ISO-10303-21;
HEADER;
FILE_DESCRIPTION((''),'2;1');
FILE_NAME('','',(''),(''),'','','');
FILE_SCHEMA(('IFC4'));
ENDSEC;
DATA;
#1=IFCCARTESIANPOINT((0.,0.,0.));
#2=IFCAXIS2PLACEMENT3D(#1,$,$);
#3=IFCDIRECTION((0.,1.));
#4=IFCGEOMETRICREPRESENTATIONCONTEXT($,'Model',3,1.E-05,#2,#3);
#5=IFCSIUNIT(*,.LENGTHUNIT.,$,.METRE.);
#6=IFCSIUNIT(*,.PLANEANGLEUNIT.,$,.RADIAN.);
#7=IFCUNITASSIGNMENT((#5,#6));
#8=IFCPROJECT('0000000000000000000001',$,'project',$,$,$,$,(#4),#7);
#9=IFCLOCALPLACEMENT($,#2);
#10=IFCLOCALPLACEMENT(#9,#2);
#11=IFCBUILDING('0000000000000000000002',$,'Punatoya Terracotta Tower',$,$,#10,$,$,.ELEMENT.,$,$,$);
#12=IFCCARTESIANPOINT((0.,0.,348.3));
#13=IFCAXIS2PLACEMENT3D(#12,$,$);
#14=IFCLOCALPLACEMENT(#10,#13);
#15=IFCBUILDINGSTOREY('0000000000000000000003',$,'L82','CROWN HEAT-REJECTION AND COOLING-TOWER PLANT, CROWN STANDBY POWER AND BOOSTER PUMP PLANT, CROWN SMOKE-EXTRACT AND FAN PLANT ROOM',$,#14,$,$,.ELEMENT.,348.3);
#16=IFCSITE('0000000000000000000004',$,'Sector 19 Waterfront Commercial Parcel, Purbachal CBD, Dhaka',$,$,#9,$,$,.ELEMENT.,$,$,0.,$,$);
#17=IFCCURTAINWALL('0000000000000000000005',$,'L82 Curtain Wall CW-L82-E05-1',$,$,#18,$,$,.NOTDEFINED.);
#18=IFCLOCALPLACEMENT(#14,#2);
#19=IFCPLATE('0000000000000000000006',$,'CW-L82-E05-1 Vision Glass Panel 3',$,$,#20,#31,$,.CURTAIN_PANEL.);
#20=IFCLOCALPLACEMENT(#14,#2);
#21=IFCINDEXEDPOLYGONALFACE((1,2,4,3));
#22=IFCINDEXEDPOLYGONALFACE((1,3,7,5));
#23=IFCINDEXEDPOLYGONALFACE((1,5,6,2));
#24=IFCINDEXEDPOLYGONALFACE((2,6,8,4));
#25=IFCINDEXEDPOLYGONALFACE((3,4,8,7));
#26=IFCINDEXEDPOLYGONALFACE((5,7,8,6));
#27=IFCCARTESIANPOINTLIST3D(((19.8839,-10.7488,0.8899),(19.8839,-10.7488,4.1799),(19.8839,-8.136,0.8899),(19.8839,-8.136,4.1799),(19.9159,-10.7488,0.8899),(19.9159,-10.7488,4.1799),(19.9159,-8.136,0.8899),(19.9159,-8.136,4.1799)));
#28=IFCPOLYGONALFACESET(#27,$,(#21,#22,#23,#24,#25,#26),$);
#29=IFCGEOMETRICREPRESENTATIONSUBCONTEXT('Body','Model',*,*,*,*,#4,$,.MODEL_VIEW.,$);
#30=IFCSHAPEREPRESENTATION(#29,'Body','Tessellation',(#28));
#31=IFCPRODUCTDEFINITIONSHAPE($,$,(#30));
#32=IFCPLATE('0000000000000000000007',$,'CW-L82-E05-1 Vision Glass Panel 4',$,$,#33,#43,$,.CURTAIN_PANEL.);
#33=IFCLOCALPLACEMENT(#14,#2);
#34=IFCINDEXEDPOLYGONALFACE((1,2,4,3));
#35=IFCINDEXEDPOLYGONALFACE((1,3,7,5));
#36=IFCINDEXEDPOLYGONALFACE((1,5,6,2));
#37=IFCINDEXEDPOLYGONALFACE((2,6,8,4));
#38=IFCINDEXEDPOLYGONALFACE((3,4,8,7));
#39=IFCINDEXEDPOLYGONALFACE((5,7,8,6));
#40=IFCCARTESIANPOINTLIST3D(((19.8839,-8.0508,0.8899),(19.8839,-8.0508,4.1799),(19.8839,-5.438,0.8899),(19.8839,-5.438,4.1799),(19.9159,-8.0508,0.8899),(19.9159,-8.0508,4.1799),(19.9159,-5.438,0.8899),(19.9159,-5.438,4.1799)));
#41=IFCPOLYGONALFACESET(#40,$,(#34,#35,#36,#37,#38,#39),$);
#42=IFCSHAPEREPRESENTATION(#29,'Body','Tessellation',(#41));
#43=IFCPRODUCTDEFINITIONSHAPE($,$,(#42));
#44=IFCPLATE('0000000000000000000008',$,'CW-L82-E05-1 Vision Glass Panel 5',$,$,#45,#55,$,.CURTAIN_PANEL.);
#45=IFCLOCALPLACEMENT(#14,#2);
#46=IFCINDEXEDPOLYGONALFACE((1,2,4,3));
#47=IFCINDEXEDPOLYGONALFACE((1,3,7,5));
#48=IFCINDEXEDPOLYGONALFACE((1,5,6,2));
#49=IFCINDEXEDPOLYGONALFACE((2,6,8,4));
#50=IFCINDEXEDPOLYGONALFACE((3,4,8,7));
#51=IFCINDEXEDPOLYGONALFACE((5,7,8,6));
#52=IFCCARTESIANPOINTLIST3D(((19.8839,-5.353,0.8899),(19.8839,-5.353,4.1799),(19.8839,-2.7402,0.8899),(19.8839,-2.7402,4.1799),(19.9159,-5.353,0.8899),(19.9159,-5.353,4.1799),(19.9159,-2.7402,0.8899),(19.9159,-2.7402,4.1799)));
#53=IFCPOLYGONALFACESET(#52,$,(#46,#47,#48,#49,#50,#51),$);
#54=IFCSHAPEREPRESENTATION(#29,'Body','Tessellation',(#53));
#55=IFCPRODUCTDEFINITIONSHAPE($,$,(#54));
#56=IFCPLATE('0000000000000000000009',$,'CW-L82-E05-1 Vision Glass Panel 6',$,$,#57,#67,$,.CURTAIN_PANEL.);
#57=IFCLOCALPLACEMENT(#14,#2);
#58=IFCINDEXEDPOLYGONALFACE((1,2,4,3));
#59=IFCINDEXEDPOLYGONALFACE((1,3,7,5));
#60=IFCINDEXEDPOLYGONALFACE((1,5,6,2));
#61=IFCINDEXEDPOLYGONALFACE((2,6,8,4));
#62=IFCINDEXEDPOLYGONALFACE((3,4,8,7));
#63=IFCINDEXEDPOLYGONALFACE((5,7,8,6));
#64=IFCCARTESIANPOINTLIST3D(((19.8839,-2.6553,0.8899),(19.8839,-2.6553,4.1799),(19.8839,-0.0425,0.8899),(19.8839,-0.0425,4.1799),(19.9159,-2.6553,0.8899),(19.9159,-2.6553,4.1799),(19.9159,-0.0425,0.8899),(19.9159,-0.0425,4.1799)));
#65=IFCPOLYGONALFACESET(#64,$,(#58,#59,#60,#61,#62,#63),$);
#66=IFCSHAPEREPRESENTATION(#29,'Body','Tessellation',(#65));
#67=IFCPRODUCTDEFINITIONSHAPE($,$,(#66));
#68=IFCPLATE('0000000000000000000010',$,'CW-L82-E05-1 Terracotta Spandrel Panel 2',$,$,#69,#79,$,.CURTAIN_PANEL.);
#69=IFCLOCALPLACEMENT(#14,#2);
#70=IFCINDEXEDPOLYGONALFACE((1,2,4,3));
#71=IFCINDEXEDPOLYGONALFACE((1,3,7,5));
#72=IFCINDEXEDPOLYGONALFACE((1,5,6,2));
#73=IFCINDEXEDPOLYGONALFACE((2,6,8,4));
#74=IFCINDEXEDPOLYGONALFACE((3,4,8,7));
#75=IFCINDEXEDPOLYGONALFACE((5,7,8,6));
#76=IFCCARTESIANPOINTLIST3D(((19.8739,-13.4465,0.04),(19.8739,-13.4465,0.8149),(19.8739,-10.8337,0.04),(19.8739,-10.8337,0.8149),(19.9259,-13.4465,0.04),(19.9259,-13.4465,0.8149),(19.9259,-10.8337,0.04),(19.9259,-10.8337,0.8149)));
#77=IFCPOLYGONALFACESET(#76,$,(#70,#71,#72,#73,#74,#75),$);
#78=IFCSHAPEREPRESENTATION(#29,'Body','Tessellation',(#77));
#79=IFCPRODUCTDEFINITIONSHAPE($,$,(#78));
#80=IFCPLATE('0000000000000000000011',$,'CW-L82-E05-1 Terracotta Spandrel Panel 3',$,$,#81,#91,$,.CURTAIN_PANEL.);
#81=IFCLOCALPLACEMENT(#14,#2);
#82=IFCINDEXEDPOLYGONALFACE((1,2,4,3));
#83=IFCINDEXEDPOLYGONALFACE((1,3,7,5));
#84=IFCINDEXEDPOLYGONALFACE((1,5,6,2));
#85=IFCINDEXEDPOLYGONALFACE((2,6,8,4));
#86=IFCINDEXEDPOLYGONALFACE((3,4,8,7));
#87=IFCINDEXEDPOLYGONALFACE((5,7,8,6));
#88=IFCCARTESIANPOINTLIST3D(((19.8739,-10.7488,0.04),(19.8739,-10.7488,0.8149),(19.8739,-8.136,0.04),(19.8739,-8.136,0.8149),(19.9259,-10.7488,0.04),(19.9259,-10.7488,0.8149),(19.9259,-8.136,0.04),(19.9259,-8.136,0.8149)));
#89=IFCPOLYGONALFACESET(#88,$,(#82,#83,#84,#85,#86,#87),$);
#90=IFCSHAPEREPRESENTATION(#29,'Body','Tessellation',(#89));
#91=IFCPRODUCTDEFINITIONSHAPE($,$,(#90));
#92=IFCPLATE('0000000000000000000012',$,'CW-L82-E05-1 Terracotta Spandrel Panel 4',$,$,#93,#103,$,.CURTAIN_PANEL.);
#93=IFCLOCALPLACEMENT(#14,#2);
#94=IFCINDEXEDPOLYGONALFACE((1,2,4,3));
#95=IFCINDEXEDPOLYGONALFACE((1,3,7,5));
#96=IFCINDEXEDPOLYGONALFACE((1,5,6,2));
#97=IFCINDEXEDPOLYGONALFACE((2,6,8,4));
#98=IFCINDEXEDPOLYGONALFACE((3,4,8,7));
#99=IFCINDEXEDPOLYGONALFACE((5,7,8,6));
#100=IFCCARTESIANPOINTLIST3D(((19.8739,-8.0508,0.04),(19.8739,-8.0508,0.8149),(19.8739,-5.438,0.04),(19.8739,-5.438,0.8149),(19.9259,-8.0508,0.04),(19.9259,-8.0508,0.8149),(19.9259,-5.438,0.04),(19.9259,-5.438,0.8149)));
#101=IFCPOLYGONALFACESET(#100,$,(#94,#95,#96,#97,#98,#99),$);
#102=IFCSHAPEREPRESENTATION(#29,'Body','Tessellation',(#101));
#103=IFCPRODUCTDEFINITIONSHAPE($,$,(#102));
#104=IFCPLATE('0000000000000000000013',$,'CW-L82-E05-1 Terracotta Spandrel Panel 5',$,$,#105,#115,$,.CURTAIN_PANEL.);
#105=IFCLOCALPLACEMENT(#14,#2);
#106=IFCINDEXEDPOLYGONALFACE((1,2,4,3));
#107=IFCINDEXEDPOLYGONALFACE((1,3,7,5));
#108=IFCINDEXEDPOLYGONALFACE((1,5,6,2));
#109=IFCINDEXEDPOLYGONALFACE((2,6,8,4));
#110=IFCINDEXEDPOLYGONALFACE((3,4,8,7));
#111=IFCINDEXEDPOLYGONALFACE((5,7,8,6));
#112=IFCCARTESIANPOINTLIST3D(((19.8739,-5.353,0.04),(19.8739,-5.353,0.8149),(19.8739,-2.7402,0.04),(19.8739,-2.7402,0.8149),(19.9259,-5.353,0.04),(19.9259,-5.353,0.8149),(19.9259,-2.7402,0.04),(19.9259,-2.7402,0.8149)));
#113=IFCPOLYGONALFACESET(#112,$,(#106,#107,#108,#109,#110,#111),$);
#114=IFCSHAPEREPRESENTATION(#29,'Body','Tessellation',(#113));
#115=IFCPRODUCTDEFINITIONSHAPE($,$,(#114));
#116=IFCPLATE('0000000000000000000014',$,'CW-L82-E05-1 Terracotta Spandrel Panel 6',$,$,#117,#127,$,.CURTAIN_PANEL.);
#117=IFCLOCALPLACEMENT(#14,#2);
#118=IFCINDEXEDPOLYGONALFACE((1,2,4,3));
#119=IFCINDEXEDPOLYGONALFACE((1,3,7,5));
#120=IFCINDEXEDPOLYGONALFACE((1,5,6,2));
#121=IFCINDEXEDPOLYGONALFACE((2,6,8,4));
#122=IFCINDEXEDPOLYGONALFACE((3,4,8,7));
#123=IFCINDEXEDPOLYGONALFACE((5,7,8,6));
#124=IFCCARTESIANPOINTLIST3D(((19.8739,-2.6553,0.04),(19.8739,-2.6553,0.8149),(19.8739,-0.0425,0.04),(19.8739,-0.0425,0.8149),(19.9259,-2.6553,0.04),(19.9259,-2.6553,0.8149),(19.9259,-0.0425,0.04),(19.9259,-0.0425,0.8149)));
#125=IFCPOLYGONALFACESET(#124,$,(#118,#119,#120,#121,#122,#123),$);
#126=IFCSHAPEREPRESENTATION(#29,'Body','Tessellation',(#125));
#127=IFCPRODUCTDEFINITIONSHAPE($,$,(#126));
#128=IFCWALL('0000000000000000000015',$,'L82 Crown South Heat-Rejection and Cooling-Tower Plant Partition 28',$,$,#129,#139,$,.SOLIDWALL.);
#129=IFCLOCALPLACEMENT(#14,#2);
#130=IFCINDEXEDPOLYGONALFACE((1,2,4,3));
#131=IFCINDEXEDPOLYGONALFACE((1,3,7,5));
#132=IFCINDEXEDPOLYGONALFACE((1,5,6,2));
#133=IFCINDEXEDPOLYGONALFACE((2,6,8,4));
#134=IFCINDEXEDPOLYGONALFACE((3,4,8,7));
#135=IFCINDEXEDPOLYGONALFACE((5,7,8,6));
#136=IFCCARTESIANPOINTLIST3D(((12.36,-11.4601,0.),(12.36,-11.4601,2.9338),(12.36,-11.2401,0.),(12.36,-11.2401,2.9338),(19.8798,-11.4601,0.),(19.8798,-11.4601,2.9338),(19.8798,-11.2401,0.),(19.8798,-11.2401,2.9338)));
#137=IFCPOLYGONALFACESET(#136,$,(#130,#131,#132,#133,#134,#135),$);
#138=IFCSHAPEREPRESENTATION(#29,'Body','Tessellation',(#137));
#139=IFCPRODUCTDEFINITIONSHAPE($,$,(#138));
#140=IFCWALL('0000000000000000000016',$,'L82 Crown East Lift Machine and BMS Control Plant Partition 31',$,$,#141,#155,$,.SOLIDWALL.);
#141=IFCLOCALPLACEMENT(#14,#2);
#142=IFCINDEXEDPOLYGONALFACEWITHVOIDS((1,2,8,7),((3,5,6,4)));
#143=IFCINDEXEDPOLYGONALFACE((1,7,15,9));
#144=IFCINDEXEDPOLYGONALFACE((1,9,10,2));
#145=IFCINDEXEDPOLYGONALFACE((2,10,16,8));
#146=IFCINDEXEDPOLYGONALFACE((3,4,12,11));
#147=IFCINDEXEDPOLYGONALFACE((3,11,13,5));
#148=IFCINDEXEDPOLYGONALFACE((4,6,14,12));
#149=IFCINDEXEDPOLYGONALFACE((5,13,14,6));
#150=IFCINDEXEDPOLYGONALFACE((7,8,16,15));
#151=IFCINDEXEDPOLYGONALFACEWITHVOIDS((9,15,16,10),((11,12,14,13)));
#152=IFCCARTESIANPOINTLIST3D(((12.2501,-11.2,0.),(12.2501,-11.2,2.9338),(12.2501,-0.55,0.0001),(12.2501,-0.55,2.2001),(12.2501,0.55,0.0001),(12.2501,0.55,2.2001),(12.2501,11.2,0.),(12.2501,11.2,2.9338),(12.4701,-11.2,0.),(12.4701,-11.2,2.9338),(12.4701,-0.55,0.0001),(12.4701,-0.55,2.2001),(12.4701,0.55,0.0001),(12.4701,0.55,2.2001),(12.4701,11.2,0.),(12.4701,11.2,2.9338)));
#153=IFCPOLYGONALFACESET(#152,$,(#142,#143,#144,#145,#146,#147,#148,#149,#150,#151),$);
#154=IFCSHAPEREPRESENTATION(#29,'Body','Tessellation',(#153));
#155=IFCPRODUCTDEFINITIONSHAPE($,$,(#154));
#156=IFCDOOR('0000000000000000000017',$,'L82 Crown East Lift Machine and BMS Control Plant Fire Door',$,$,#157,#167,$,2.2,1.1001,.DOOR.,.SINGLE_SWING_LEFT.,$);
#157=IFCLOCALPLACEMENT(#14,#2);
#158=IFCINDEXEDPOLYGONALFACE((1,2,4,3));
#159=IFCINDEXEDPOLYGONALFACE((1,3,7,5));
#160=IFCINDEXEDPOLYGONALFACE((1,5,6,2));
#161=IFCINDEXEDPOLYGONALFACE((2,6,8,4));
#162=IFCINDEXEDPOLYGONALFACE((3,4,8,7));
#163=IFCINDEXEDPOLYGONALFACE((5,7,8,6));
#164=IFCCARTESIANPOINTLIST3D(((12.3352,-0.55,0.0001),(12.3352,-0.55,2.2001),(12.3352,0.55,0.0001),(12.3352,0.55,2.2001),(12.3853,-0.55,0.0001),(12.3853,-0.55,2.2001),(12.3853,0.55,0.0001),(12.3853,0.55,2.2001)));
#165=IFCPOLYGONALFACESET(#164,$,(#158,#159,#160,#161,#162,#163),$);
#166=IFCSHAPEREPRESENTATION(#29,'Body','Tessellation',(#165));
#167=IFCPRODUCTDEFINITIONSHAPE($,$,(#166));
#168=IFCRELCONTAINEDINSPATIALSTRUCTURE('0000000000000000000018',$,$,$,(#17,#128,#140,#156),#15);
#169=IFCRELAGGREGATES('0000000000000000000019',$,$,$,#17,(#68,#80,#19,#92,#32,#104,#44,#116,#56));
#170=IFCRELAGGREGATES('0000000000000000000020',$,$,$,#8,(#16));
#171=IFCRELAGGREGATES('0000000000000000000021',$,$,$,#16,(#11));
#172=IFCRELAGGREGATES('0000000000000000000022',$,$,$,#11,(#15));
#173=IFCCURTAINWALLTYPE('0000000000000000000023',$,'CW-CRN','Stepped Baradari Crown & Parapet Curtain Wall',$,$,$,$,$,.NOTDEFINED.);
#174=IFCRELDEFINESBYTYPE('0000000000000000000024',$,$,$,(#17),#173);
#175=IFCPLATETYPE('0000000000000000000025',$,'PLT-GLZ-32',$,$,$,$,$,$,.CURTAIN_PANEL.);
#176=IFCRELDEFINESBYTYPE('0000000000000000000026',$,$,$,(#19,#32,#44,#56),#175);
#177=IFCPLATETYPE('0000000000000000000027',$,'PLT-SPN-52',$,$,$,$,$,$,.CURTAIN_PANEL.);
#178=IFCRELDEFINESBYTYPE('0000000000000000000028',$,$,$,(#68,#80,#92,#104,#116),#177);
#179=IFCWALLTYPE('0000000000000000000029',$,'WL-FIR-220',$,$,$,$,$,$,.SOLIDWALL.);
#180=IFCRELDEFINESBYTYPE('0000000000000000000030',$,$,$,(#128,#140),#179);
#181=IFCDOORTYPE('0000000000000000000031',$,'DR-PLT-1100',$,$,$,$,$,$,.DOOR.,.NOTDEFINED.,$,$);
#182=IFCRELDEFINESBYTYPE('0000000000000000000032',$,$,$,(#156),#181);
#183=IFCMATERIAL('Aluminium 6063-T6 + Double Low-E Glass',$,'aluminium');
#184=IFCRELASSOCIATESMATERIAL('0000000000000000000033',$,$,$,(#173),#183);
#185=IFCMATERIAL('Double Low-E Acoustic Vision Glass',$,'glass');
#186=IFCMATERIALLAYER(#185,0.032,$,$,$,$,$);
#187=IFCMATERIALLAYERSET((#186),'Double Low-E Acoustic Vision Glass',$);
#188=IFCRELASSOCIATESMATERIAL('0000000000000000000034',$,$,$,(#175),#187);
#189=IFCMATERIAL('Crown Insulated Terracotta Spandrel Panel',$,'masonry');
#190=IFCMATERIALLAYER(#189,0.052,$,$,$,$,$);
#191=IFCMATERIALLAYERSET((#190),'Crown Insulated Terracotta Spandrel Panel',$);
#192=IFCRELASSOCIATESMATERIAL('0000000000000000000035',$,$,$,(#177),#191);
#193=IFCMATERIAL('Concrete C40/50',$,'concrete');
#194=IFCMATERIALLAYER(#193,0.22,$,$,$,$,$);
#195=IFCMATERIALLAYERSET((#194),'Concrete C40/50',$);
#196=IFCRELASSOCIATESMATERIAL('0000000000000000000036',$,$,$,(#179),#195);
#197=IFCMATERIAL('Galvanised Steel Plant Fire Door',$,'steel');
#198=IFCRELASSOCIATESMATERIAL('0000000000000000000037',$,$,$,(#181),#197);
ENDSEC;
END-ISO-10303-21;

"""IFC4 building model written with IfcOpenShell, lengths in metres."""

from ifc_helpers import new_model, si_unit, direction, frame, frame_2d, origin, origin_2d, place, context, subcontext, project, spatial, rectangle, extrude, material, layer, layer_set, type_object, element, fill, aggregate, save


model = new_model("IFC4")

# Units and contexts
model_context = context("Model", 3, precision=1e-05, world=origin(), true_north=direction((0.0, 1.0)))
body_context = subcontext(model_context, "Body", "Model", "MODEL_VIEW")
ifc_project = project(units=[si_unit("LENGTHUNIT", "METRE"), si_unit("PLANEANGLEUNIT", "RADIAN")], contexts=[model_context])

# Site, building, storey
site_placement = place(None, origin())
site = spatial("IfcSite", under=ifc_project, at=site_placement, Name="Sector 19 Waterfront Commercial Parcel, Purbachal CBD, Dhaka", CompositionType="ELEMENT", RefElevation=0.0)
building_placement = place(site_placement, origin())
building = spatial("IfcBuilding", under=site, at=building_placement, Name="Punatoya Terracotta Tower", CompositionType="ELEMENT")
storey_placement = place(building_placement, frame((0.0, 0.0, 348.3)))
storey = spatial("IfcBuildingStorey", under=building, at=storey_placement, Name="L82", Description="CROWN HEAT-REJECTION AND COOLING-TOWER PLANT, CROWN STANDBY POWER AND BOOSTER PUMP PLANT, CROWN SMOKE-EXTRACT AND FAN PLANT ROOM", CompositionType="ELEMENT", Elevation=348.3)

# Curtain wall
ifc_material_1 = material(Name="Aluminium 6063-T6 + Double Low-E Glass", Category="aluminium")
curtain_wall_type = type_object("IfcCurtainWallType", Name="CW-CRN", Description="Stepped Baradari Crown & Parapet Curtain Wall", PredefinedType="NOTDEFINED", material=ifc_material_1)
curtain_wall_placement = place(storey_placement, origin())
curtain_wall = element("IfcCurtainWall", 1, at=curtain_wall_placement, inside=storey, type_object=curtain_wall_type, Name="L82 Curtain Wall CW-L82-E05-1", PredefinedType="NOTDEFINED")

# Plates
ifc_material_2 = material(Name="Double Low-E Acoustic Vision Glass", Category="glass")
ifc_layer_1 = layer(ifc_material_2, 0.032)
ifc_layer_set_1 = layer_set([ifc_layer_1], Name="Double Low-E Acoustic Vision Glass")
plate_type_1 = type_object("IfcPlateType", Name="PLT-GLZ-32", PredefinedType="CURTAIN_PANEL", material=ifc_layer_set_1)
plate_1_placement = place(storey_placement, frame((19.8999, -9.4424, 0.8899), z_axis=(0.0, 0.0, 1.0), x_axis=(0.0, 1.0, 0.0)))
plate_1 = element("IfcPlate", 2, at=plate_1_placement, type_object=plate_type_1, Name="CW-L82-E05-1 Vision Glass Panel 3", PredefinedType="CURTAIN_PANEL", context=body_context, shape_type="SweptSolid", body=[
    extrude(rectangle(XDim=2.6128, YDim=0.032, at=origin_2d()), origin(), (0.0, 0.0, 1.0), 3.29),
])
plate_2_placement = place(storey_placement, frame((19.8999, -6.7444, 0.8899), z_axis=(0.0, 0.0, 1.0), x_axis=(0.0, 1.0, 0.0)))
plate_2 = element("IfcPlate", 3, at=plate_2_placement, type_object=plate_type_1, Name="CW-L82-E05-1 Vision Glass Panel 4", PredefinedType="CURTAIN_PANEL", context=body_context, shape_type="SweptSolid", body=[
    extrude(rectangle(XDim=2.6128, YDim=0.032, at=origin_2d()), origin(), (0.0, 0.0, 1.0), 3.29),
])
plate_3_placement = place(storey_placement, frame((19.8999, -4.0466, 0.8899), z_axis=(0.0, 0.0, 1.0), x_axis=(0.0, 1.0, 0.0)))
plate_3 = element("IfcPlate", 4, at=plate_3_placement, type_object=plate_type_1, Name="CW-L82-E05-1 Vision Glass Panel 5", PredefinedType="CURTAIN_PANEL", context=body_context, shape_type="SweptSolid", body=[
    extrude(rectangle(XDim=2.6128, YDim=0.032, at=origin_2d()), origin(), (0.0, 0.0, 1.0), 3.29),
])
plate_4_placement = place(storey_placement, frame((19.8999, -1.3489, 0.8899), z_axis=(0.0, 0.0, 1.0), x_axis=(0.0, 1.0, 0.0)))
plate_4 = element("IfcPlate", 5, at=plate_4_placement, type_object=plate_type_1, Name="CW-L82-E05-1 Vision Glass Panel 6", PredefinedType="CURTAIN_PANEL", context=body_context, shape_type="SweptSolid", body=[
    extrude(rectangle(XDim=2.6128, YDim=0.032, at=origin_2d()), origin(), (0.0, 0.0, 1.0), 3.29),
])
ifc_material_3 = material(Name="Crown Insulated Terracotta Spandrel Panel", Category="masonry")
ifc_layer_2 = layer(ifc_material_3, 0.052)
ifc_layer_set_2 = layer_set([ifc_layer_2], Name="Crown Insulated Terracotta Spandrel Panel")
plate_type_2 = type_object("IfcPlateType", Name="PLT-SPN-52", PredefinedType="CURTAIN_PANEL", material=ifc_layer_set_2)
plate_5_placement = place(storey_placement, frame((19.8999, -12.1401, 0.04), z_axis=(0.0, 0.0, 1.0), x_axis=(0.0, 1.0, 0.0)))
plate_5 = element("IfcPlate", 6, at=plate_5_placement, type_object=plate_type_2, Name="CW-L82-E05-1 Terracotta Spandrel Panel 2", PredefinedType="CURTAIN_PANEL", context=body_context, shape_type="SweptSolid", body=[
    extrude(rectangle(XDim=2.6128, YDim=0.052, at=origin_2d()), origin(), (0.0, 0.0, 1.0), 0.7749),
])
plate_6_placement = place(storey_placement, frame((19.8999, -9.4424, 0.04), z_axis=(0.0, 0.0, 1.0), x_axis=(0.0, 1.0, 0.0)))
plate_6 = element("IfcPlate", 7, at=plate_6_placement, type_object=plate_type_2, Name="CW-L82-E05-1 Terracotta Spandrel Panel 3", PredefinedType="CURTAIN_PANEL", context=body_context, shape_type="SweptSolid", body=[
    extrude(rectangle(XDim=2.6128, YDim=0.052, at=origin_2d()), origin(), (0.0, 0.0, 1.0), 0.7749),
])
plate_7_placement = place(storey_placement, frame((19.8999, -6.7444, 0.04), z_axis=(0.0, 0.0, 1.0), x_axis=(0.0, 1.0, 0.0)))
plate_7 = element("IfcPlate", 8, at=plate_7_placement, type_object=plate_type_2, Name="CW-L82-E05-1 Terracotta Spandrel Panel 4", PredefinedType="CURTAIN_PANEL", context=body_context, shape_type="SweptSolid", body=[
    extrude(rectangle(XDim=2.6128, YDim=0.052, at=origin_2d()), origin(), (0.0, 0.0, 1.0), 0.7749),
])
plate_8_placement = place(storey_placement, frame((19.8999, -4.0466, 0.04), z_axis=(0.0, 0.0, 1.0), x_axis=(0.0, 1.0, 0.0)))
plate_8 = element("IfcPlate", 9, at=plate_8_placement, type_object=plate_type_2, Name="CW-L82-E05-1 Terracotta Spandrel Panel 5", PredefinedType="CURTAIN_PANEL", context=body_context, shape_type="SweptSolid", body=[
    extrude(rectangle(XDim=2.6128, YDim=0.052, at=origin_2d()), origin(), (0.0, 0.0, 1.0), 0.7749),
])
plate_9_placement = place(storey_placement, frame((19.8999, -1.3489, 0.04), z_axis=(0.0, 0.0, 1.0), x_axis=(0.0, 1.0, 0.0)))
plate_9 = element("IfcPlate", 10, at=plate_9_placement, type_object=plate_type_2, Name="CW-L82-E05-1 Terracotta Spandrel Panel 6", PredefinedType="CURTAIN_PANEL", context=body_context, shape_type="SweptSolid", body=[
    extrude(rectangle(XDim=2.6128, YDim=0.052, at=origin_2d()), origin(), (0.0, 0.0, 1.0), 0.7749),
])
aggregate(curtain_wall, [plate_5, plate_6, plate_1, plate_7, plate_2, plate_8, plate_3, plate_9, plate_4])

# Wall
ifc_material_4 = material(Name="Concrete C40/50", Category="concrete")
ifc_layer_3 = layer(ifc_material_4, 0.22)
ifc_layer_set_3 = layer_set([ifc_layer_3], Name="Concrete C40/50")
wall_type = type_object("IfcWallType", Name="WL-FIR-220", PredefinedType="SOLIDWALL", material=ifc_layer_set_3)
wall_1_placement = place(storey_placement, frame((12.3601, -11.3501, 0.0), z_axis=(0.0, 0.0, 1.0), x_axis=(1.0, 0.0, 0.0)))
element("IfcWall", 11, at=wall_1_placement, inside=storey, type_object=wall_type, Name="L82 Crown South Heat-Rejection and Cooling-Tower Plant Partition 28", PredefinedType="SOLIDWALL", context=body_context, shape_type="SweptSolid", body=[
    extrude(rectangle(XDim=7.5198, YDim=0.22, at=frame_2d((3.7598, 0.0))), origin(), (0.0, 0.0, 1.0), 2.9338),
])

# Wall, opening, door
wall_2_placement = place(storey_placement, frame((12.3601, -11.2, 0.0), z_axis=(0.0, 0.0, 1.0), x_axis=(0.0, 1.0, 0.0)))
wall_2 = element("IfcWall", 12, at=wall_2_placement, inside=storey, type_object=wall_type, Name="L82 Crown East Lift Machine and BMS Control Plant Partition 31", PredefinedType="SOLIDWALL", context=body_context, shape_type="SweptSolid", body=[
    extrude(rectangle(XDim=22.3999, YDim=0.22, at=frame_2d((11.2, 0.0))), origin(), (0.0, 0.0, 1.0), 2.9338),
])
opening_placement = place(wall_2_placement, frame((10.6499, 0.0, 0.0)))
opening = element("IfcOpeningElement", 13, at=opening_placement, cuts=wall_2, PredefinedType="OPENING", context=body_context, shape_type="SweptSolid", body=[
    extrude(rectangle(XDim=1.1001, YDim=2.2, at=frame_2d((0.55, 1.1001))), frame((0.0, 0.1199, 0.0), z_axis=(0.0, -1.0, 0.0), x_axis=(1.0, 0.0, 0.0)), (0.0, 0.0, 1.0), 0.24),
])
ifc_material_5 = material(Name="Galvanised Steel Plant Fire Door", Category="steel")
door_type = type_object("IfcDoorType", Name="DR-PLT-1100", OperationType="NOTDEFINED", PredefinedType="DOOR", material=ifc_material_5)
door_placement = place(opening_placement, origin())
door = element("IfcDoor", 14, at=door_placement, inside=storey, type_object=door_type, Name="L82 Crown East Lift Machine and BMS Control Plant Fire Door", OperationType="SINGLE_SWING_LEFT", OverallHeight=2.2, OverallWidth=1.1001, PredefinedType="DOOR", context=body_context, shape_type="SweptSolid", body=[
    extrude(rectangle(XDim=1.1001, YDim=2.2, at=frame_2d((0.55, 1.1001))), frame((0.0, 0.0249, 0.0), z_axis=(0.0, -1.0, 0.0), x_axis=(1.0, 0.0, 0.0)), (0.0, 0.0, 1.0), 0.05),
])
fill(opening, door)

save(model, "model.ifc")
